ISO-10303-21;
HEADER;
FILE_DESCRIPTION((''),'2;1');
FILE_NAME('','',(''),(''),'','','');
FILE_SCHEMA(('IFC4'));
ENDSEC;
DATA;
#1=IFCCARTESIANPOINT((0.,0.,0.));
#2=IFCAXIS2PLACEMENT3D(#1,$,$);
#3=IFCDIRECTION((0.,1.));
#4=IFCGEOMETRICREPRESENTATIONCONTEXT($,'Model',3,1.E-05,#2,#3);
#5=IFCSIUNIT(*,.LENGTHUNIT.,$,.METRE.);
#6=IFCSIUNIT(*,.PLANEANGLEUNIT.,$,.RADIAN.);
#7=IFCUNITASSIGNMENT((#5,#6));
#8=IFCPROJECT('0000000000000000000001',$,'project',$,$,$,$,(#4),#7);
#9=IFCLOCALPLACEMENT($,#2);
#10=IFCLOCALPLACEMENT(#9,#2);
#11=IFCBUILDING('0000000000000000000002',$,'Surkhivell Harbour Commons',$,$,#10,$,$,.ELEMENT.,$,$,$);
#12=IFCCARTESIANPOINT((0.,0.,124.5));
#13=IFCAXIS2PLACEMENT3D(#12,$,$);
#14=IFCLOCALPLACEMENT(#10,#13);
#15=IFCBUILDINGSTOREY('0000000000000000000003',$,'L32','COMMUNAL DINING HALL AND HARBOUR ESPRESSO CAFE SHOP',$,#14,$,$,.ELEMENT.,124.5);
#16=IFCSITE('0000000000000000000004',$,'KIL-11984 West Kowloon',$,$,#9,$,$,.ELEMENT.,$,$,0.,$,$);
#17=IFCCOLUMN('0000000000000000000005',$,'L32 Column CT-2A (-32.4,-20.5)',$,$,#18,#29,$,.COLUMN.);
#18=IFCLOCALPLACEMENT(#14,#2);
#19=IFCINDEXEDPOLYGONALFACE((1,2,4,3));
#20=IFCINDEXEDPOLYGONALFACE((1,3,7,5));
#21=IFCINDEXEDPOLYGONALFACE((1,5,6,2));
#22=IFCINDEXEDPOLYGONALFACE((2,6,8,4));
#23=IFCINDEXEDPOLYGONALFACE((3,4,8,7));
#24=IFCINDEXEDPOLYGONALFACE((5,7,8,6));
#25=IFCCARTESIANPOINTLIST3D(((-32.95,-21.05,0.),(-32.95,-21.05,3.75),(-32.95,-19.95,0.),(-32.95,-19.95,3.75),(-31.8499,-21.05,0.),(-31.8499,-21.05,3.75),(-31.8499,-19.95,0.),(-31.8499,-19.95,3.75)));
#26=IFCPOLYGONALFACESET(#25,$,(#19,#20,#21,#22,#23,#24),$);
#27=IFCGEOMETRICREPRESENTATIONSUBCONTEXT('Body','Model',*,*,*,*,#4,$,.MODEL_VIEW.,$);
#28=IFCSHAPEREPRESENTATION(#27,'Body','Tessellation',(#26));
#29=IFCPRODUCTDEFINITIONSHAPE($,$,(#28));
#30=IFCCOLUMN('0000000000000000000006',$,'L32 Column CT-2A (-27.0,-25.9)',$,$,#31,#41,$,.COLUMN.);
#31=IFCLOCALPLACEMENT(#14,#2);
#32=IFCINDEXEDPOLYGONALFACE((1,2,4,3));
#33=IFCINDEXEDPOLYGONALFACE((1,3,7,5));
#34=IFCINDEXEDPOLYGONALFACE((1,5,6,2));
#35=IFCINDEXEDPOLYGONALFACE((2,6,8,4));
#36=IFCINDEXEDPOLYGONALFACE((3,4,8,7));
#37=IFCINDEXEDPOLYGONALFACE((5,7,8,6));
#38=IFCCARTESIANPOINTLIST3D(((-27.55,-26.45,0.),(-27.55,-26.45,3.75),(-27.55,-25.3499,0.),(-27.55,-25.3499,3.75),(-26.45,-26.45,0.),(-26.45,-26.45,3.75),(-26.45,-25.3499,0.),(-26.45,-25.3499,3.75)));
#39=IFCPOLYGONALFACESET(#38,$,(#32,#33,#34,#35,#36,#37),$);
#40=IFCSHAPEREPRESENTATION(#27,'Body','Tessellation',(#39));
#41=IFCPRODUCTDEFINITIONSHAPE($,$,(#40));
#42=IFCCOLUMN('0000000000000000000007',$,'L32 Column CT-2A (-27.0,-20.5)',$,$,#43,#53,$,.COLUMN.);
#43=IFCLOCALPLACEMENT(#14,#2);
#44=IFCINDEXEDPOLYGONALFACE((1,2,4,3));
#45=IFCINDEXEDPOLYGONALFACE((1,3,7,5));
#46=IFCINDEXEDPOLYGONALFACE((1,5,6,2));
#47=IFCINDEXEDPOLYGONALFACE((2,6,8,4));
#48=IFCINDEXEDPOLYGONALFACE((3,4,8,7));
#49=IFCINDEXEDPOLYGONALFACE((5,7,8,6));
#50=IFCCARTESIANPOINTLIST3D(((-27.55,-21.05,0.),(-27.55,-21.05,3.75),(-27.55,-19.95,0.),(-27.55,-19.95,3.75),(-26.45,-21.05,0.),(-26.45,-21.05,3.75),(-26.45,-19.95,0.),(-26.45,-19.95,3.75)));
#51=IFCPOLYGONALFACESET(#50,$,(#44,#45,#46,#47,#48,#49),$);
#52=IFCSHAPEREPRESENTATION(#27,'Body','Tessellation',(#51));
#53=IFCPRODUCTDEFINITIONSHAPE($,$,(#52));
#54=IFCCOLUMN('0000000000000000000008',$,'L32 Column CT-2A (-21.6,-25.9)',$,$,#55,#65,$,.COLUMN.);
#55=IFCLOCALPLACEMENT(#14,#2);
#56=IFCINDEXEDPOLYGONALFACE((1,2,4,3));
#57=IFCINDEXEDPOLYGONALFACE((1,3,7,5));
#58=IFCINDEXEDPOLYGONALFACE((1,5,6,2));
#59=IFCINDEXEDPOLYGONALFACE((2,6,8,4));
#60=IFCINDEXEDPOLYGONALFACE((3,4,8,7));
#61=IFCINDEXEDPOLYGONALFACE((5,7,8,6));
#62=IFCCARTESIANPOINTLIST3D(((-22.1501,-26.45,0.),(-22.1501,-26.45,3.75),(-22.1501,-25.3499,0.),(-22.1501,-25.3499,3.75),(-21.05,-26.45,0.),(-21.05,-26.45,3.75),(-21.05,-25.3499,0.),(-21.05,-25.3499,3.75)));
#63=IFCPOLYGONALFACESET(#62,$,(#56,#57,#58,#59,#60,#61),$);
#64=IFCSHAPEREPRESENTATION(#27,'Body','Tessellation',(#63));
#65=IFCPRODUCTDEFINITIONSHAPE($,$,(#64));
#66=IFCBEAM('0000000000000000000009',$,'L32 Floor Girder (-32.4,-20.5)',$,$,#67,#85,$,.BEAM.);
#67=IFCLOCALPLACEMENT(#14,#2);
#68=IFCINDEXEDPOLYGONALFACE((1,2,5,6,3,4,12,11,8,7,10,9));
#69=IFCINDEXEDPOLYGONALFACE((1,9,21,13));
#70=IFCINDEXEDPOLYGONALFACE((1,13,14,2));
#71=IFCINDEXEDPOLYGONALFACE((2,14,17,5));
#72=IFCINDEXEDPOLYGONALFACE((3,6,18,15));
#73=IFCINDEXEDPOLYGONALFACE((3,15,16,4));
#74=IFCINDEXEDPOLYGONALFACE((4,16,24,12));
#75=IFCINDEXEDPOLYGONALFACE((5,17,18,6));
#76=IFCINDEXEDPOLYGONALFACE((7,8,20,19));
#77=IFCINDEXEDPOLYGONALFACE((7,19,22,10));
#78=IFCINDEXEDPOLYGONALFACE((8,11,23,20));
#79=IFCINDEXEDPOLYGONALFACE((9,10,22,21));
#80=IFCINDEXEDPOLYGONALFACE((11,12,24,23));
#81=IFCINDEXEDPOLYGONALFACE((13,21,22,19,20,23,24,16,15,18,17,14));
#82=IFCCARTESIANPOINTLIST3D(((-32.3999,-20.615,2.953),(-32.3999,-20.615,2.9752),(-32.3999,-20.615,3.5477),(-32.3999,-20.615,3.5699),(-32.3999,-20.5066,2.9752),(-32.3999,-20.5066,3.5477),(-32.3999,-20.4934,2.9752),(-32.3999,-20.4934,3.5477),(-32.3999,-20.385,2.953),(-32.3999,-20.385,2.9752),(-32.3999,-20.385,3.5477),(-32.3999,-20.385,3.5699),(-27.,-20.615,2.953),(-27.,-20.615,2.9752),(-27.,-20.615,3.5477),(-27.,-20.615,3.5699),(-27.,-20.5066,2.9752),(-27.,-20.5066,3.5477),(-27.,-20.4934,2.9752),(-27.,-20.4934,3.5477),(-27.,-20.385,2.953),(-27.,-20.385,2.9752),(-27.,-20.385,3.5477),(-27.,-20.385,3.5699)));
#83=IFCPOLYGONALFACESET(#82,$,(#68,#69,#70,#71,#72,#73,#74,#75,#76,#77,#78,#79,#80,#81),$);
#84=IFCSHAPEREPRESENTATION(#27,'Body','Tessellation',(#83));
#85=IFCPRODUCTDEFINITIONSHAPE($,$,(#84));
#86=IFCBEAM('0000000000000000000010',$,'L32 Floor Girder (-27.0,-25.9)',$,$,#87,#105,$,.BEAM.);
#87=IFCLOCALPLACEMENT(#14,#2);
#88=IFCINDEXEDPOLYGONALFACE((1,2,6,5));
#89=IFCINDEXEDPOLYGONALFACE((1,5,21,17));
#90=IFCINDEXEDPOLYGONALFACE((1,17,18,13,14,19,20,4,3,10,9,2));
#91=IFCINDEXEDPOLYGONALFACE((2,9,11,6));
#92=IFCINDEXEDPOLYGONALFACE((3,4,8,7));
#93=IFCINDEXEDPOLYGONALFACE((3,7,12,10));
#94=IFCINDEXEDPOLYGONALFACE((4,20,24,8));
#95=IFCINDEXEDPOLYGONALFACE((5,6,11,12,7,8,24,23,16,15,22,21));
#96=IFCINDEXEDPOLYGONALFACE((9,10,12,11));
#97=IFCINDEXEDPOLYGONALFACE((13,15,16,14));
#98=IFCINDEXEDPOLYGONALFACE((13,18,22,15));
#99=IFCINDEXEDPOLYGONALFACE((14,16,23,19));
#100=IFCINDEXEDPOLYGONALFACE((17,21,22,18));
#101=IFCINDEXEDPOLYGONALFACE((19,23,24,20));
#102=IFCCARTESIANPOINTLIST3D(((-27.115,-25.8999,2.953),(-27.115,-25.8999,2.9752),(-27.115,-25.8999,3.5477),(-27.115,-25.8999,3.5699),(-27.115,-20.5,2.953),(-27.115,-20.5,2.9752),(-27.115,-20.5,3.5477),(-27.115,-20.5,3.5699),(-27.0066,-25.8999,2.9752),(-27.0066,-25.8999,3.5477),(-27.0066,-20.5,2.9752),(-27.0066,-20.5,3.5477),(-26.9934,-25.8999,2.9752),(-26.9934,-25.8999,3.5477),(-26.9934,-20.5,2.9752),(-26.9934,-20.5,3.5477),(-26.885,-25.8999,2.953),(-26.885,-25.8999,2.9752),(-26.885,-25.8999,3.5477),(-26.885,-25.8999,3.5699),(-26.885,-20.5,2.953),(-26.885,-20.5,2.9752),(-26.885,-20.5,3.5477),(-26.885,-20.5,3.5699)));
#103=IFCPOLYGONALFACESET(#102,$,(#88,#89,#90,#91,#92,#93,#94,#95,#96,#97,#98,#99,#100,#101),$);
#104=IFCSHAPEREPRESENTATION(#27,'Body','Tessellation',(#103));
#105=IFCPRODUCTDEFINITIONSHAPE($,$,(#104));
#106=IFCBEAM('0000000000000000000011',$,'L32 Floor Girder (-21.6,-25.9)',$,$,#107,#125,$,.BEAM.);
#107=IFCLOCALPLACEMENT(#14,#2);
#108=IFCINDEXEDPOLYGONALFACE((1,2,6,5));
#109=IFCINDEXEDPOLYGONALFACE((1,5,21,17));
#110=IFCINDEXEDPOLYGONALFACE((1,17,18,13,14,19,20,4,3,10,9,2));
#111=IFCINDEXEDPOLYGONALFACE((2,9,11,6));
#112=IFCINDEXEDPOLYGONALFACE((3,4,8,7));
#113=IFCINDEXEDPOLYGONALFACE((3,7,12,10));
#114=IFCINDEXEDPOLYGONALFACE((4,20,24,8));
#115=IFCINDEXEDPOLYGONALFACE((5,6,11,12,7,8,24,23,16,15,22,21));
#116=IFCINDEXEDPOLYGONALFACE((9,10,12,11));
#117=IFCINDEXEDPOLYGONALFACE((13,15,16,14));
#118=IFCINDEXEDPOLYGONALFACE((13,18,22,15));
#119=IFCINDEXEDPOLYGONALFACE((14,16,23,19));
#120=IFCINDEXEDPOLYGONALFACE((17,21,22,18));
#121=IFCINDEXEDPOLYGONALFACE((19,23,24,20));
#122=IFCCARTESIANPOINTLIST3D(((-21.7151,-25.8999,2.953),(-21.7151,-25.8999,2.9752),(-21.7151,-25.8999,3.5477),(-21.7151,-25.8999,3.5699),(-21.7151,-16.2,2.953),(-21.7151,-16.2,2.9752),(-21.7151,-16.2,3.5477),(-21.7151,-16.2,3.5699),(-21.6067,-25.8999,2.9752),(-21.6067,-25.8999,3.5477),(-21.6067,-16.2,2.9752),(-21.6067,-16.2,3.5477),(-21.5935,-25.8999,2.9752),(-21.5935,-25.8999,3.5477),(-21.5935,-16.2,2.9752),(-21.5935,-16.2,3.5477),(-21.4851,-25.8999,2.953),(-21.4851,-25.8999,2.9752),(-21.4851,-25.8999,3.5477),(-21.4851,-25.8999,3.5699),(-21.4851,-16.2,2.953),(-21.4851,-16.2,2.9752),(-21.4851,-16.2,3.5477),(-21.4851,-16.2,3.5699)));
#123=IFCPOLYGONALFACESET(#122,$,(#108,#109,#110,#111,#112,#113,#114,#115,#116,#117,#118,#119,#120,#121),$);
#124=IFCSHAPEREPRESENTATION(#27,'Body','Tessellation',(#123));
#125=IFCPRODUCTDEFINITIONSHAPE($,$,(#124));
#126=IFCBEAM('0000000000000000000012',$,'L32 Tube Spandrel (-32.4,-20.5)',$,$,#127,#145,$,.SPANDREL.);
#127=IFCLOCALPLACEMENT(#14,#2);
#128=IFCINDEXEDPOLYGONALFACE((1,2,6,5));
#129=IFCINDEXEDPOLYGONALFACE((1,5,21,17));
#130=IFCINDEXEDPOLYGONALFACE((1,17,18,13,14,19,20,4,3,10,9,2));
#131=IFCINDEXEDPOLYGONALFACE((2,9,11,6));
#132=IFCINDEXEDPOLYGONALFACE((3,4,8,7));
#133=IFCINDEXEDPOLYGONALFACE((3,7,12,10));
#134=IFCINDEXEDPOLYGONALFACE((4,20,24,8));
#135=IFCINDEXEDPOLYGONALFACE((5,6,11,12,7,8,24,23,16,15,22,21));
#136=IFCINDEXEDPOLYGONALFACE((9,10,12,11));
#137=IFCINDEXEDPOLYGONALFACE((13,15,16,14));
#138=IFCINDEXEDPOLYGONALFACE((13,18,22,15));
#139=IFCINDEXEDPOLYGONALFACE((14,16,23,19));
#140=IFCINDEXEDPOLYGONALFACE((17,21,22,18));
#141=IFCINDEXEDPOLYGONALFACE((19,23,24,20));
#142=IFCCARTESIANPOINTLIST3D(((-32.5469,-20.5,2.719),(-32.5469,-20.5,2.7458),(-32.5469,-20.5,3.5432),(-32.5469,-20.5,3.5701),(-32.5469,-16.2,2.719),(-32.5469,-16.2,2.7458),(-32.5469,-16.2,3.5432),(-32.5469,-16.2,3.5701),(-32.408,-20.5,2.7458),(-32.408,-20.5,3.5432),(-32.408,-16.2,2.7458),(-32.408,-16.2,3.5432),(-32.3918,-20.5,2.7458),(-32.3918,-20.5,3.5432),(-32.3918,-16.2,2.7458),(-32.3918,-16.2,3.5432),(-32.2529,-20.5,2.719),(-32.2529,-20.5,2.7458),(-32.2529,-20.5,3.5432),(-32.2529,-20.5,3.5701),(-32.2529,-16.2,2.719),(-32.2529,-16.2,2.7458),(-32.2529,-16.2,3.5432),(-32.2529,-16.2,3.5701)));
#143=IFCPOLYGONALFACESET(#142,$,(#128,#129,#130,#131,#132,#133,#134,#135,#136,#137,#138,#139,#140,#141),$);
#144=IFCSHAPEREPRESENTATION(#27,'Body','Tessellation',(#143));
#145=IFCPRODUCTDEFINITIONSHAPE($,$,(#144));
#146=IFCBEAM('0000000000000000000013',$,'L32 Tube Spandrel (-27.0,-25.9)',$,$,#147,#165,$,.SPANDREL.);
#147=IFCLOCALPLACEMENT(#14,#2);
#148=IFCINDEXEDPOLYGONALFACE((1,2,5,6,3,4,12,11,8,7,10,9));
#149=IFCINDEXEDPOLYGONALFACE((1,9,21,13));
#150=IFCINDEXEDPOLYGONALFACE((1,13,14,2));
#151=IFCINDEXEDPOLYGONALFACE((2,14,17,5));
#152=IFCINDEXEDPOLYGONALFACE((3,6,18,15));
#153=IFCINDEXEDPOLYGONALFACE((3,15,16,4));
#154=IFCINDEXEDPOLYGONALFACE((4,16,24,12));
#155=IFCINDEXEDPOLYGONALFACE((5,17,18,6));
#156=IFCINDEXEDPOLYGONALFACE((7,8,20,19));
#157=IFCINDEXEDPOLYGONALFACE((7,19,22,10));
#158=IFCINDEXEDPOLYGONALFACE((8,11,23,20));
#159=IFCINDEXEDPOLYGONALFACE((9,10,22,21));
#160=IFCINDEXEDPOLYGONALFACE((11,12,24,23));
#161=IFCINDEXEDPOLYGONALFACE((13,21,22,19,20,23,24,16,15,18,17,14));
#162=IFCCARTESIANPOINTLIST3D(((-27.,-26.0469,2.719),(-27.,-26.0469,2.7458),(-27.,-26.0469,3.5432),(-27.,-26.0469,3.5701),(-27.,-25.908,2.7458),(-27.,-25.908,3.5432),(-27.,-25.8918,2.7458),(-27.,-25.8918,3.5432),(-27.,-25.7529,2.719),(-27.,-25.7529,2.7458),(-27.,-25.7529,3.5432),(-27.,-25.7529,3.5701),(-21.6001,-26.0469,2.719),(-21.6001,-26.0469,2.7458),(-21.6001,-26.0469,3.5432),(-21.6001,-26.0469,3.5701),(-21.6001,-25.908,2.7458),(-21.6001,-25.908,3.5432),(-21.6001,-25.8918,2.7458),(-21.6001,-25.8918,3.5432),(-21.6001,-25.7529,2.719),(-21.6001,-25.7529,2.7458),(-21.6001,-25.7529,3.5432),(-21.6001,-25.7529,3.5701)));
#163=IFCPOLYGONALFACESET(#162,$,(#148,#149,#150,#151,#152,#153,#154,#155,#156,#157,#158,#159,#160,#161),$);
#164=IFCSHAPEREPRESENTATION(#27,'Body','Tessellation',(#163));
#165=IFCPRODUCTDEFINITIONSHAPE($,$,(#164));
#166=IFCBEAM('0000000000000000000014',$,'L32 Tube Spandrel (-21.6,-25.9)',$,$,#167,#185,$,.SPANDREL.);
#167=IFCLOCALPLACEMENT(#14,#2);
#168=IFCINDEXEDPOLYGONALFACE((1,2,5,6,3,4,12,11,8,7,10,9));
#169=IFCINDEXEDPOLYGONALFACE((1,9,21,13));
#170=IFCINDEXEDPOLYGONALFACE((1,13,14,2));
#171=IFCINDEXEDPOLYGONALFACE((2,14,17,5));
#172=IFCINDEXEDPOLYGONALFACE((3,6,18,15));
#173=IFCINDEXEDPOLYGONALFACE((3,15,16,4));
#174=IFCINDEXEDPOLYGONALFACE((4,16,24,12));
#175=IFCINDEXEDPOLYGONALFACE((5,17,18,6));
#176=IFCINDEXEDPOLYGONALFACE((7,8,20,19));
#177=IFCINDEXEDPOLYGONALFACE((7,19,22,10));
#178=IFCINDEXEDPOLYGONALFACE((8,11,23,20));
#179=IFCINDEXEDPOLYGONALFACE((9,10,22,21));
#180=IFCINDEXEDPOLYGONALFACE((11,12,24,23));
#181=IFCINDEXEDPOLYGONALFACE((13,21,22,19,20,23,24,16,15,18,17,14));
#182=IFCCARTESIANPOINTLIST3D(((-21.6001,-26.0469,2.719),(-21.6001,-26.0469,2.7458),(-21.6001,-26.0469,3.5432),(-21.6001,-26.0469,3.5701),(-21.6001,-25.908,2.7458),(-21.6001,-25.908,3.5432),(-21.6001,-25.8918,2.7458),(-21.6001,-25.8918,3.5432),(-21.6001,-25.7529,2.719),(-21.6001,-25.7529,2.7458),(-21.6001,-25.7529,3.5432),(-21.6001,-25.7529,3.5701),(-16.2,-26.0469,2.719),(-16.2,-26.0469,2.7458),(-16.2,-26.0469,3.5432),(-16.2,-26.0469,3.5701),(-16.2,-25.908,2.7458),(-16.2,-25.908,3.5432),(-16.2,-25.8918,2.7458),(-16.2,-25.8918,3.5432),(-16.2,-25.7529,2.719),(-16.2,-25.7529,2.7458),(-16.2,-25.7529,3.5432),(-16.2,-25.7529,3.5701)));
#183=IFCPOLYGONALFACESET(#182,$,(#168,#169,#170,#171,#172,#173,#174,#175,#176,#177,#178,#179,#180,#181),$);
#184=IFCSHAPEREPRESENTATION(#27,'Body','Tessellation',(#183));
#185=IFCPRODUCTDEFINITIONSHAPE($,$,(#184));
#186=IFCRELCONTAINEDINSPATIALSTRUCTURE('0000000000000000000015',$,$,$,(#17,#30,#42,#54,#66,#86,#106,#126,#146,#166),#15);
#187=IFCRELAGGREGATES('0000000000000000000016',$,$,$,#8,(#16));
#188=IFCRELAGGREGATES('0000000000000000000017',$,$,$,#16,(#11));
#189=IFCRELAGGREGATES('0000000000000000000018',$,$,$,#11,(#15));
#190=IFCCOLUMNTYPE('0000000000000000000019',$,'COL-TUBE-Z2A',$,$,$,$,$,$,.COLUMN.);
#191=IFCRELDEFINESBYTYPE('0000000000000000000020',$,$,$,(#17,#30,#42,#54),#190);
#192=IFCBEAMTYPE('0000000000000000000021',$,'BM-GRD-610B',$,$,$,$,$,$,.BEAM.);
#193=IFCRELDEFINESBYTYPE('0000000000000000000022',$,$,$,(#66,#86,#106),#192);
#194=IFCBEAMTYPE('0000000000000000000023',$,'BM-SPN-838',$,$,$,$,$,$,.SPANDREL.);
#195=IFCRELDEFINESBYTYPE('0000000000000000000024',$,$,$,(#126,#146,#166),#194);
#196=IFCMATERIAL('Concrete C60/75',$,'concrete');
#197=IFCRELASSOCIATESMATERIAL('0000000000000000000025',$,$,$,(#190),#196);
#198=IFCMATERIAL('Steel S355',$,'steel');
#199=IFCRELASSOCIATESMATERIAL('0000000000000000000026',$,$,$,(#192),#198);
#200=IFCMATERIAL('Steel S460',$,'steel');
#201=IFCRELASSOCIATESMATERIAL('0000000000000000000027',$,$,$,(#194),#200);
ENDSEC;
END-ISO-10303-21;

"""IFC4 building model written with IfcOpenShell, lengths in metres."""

from ifc_helpers import new_model, si_unit, direction, frame, origin, origin_2d, place, context, subcontext, project, spatial, rectangle, i_section, extrude, material, material_profile, profile_set, type_object, element, save


model = new_model("IFC4")

# Units and contexts
model_context = context("Model", 3, precision=1e-05, world=origin(), true_north=direction((0.0, 1.0)))
body_context = subcontext(model_context, "Body", "Model", "MODEL_VIEW")
ifc_project = project(units=[si_unit("LENGTHUNIT", "METRE"), si_unit("PLANEANGLEUNIT", "RADIAN")], contexts=[model_context])

# Site, building, storey
site_placement = place(None, origin())
site = spatial("IfcSite", under=ifc_project, at=site_placement, Name="KIL-11984 West Kowloon", CompositionType="ELEMENT", RefElevation=0.0)
building_placement = place(site_placement, origin())
building = spatial("IfcBuilding", under=site, at=building_placement, Name="Surkhivell Harbour Commons", CompositionType="ELEMENT")
storey_placement = place(building_placement, frame((0.0, 0.0, 124.5)))
storey = spatial("IfcBuildingStorey", under=building, at=storey_placement, Name="L32", Description="COMMUNAL DINING HALL AND HARBOUR ESPRESSO CAFE SHOP", CompositionType="ELEMENT", Elevation=124.5)

# Columns
ifc_material_1 = material(Name="Concrete C60/75", Category="concrete")
ifc_material_profile_1 = material_profile(ifc_material_1, rectangle(XDim=1.1001, YDim=1.1001, at=origin_2d()), Name="RC-COL-1100x1100")
ifc_profile_set_1 = profile_set([ifc_material_profile_1], Name="Concrete C60/75")
column_type = type_object("IfcColumnType", Name="COL-TUBE-Z2A", PredefinedType="COLUMN", material=ifc_profile_set_1)
for number, where, z_axis, x_axis, name in (
    (1, (-32.3999, -20.5, 0.0), (0.0, 0.0, 1.0), (1.0, 0.0, 0.0), "L32 Column CT-2A (-32.4,-20.5)"),
    (2, (-27.0, -25.8999, 0.0), (0.0, 0.0, 1.0), (1.0, 0.0, 0.0), "L32 Column CT-2A (-27.0,-25.9)"),
    (3, (-27.0, -20.5, 0.0), (0.0, 0.0, 1.0), (1.0, 0.0, 0.0), "L32 Column CT-2A (-27.0,-20.5)"),
    (4, (-21.6001, -25.8999, 0.0), (0.0, 0.0, 1.0), (1.0, 0.0, 0.0), "L32 Column CT-2A (-21.6,-25.9)"),
):
    element("IfcColumn", number, at=place(storey_placement, frame(where, z_axis=z_axis, x_axis=x_axis)), inside=storey, type_object=column_type, Name=name, PredefinedType="COLUMN", context=body_context, shape_type="SweptSolid", body=[
        extrude(rectangle(XDim=1.1001, YDim=1.1001, at=origin_2d()), origin(), (0.0, 0.0, 1.0), 3.75),
    ])

# Beams
ifc_material_2 = material(Name="Steel S355", Category="steel")
ifc_material_profile_2 = material_profile(ifc_material_2, i_section(OverallWidth=0.23, OverallDepth=0.6169, WebThickness=0.0132, FlangeThickness=0.0222, at=origin_2d()), Name="UB610x229x140")
ifc_profile_set_2 = profile_set([ifc_material_profile_2], Name="Steel S355")
beam_type_1 = type_object("IfcBeamType", Name="BM-GRD-610B", PredefinedType="BEAM", material=ifc_profile_set_2)
for number, where, z_axis, x_axis, name in (
    (5, (-32.3999, -20.5, 3.2615), (1.0, 0.0, 0.0), (0.0, 1.0, 0.0), "L32 Floor Girder (-32.4,-20.5)"),
    (6, (-27.0, -25.8999, 3.2615), (0.0, 1.0, 0.0), (-1.0, 0.0, 0.0), "L32 Floor Girder (-27.0,-25.9)"),
):
    element("IfcBeam", number, at=place(storey_placement, frame(where, z_axis=z_axis, x_axis=x_axis)), inside=storey, type_object=beam_type_1, Name=name, PredefinedType="BEAM", context=body_context, shape_type="SweptSolid", body=[
        extrude(i_section(OverallWidth=0.23, OverallDepth=0.6169, WebThickness=0.0132, FlangeThickness=0.0222, at=origin_2d()), origin(), (0.0, 0.0, 1.0), 5.3999),
    ])
beam_1_placement = place(storey_placement, frame((-21.6001, -25.8999, 3.2615), z_axis=(0.0, 1.0, 0.0), x_axis=(-1.0, 0.0, 0.0)))
element("IfcBeam", 7, at=beam_1_placement, inside=storey, type_object=beam_type_1, Name="L32 Floor Girder (-21.6,-25.9)", PredefinedType="BEAM", context=body_context, shape_type="SweptSolid", body=[
    extrude(i_section(OverallWidth=0.23, OverallDepth=0.6169, WebThickness=0.0132, FlangeThickness=0.0222, at=origin_2d()), origin(), (0.0, 0.0, 1.0), 9.7),
])
ifc_material_3 = material(Name="Steel S460", Category="steel")
ifc_material_profile_3 = material_profile(ifc_material_3, i_section(OverallWidth=0.2939, OverallDepth=0.8511, WebThickness=0.0161, FlangeThickness=0.0269, at=origin_2d()), Name="UB838x292x226")
ifc_profile_set_3 = profile_set([ifc_material_profile_3], Name="Steel S460")
beam_type_2 = type_object("IfcBeamType", Name="BM-SPN-838", PredefinedType="SPANDREL", material=ifc_profile_set_3)
beam_2_placement = place(storey_placement, frame((-32.3999, -20.5, 3.1445), z_axis=(0.0, 1.0, 0.0), x_axis=(-1.0, 0.0, 0.0)))
element("IfcBeam", 8, at=beam_2_placement, inside=storey, type_object=beam_type_2, Name="L32 Tube Spandrel (-32.4,-20.5)", PredefinedType="SPANDREL", context=body_context, shape_type="SweptSolid", body=[
    extrude(i_section(OverallWidth=0.2939, OverallDepth=0.8511, WebThickness=0.0161, FlangeThickness=0.0269, at=origin_2d()), origin(), (0.0, 0.0, 1.0), 4.3),
])
beam_3_placement = place(storey_placement, frame((-27.0, -25.8999, 3.1445), z_axis=(1.0, 0.0, 0.0), x_axis=(0.0, 1.0, 0.0)))
element("IfcBeam", 9, at=beam_3_placement, inside=storey, type_object=beam_type_2, Name="L32 Tube Spandrel (-27.0,-25.9)", PredefinedType="SPANDREL", context=body_context, shape_type="SweptSolid", body=[
    extrude(i_section(OverallWidth=0.2939, OverallDepth=0.8511, WebThickness=0.0161, FlangeThickness=0.0269, at=origin_2d()), origin(), (0.0, 0.0, 1.0), 5.3999),
])
beam_4_placement = place(storey_placement, frame((-21.6001, -25.8999, 3.1445), z_axis=(1.0, 0.0, 0.0), x_axis=(0.0, 1.0, 0.0)))
element("IfcBeam", 10, at=beam_4_placement, inside=storey, type_object=beam_type_2, Name="L32 Tube Spandrel (-21.6,-25.9)", PredefinedType="SPANDREL", context=body_context, shape_type="SweptSolid", body=[
    extrude(i_section(OverallWidth=0.2939, OverallDepth=0.8511, WebThickness=0.0161, FlangeThickness=0.0269, at=origin_2d()), origin(), (0.0, 0.0, 1.0), 5.4001),
])

save(model, "model.ifc")
